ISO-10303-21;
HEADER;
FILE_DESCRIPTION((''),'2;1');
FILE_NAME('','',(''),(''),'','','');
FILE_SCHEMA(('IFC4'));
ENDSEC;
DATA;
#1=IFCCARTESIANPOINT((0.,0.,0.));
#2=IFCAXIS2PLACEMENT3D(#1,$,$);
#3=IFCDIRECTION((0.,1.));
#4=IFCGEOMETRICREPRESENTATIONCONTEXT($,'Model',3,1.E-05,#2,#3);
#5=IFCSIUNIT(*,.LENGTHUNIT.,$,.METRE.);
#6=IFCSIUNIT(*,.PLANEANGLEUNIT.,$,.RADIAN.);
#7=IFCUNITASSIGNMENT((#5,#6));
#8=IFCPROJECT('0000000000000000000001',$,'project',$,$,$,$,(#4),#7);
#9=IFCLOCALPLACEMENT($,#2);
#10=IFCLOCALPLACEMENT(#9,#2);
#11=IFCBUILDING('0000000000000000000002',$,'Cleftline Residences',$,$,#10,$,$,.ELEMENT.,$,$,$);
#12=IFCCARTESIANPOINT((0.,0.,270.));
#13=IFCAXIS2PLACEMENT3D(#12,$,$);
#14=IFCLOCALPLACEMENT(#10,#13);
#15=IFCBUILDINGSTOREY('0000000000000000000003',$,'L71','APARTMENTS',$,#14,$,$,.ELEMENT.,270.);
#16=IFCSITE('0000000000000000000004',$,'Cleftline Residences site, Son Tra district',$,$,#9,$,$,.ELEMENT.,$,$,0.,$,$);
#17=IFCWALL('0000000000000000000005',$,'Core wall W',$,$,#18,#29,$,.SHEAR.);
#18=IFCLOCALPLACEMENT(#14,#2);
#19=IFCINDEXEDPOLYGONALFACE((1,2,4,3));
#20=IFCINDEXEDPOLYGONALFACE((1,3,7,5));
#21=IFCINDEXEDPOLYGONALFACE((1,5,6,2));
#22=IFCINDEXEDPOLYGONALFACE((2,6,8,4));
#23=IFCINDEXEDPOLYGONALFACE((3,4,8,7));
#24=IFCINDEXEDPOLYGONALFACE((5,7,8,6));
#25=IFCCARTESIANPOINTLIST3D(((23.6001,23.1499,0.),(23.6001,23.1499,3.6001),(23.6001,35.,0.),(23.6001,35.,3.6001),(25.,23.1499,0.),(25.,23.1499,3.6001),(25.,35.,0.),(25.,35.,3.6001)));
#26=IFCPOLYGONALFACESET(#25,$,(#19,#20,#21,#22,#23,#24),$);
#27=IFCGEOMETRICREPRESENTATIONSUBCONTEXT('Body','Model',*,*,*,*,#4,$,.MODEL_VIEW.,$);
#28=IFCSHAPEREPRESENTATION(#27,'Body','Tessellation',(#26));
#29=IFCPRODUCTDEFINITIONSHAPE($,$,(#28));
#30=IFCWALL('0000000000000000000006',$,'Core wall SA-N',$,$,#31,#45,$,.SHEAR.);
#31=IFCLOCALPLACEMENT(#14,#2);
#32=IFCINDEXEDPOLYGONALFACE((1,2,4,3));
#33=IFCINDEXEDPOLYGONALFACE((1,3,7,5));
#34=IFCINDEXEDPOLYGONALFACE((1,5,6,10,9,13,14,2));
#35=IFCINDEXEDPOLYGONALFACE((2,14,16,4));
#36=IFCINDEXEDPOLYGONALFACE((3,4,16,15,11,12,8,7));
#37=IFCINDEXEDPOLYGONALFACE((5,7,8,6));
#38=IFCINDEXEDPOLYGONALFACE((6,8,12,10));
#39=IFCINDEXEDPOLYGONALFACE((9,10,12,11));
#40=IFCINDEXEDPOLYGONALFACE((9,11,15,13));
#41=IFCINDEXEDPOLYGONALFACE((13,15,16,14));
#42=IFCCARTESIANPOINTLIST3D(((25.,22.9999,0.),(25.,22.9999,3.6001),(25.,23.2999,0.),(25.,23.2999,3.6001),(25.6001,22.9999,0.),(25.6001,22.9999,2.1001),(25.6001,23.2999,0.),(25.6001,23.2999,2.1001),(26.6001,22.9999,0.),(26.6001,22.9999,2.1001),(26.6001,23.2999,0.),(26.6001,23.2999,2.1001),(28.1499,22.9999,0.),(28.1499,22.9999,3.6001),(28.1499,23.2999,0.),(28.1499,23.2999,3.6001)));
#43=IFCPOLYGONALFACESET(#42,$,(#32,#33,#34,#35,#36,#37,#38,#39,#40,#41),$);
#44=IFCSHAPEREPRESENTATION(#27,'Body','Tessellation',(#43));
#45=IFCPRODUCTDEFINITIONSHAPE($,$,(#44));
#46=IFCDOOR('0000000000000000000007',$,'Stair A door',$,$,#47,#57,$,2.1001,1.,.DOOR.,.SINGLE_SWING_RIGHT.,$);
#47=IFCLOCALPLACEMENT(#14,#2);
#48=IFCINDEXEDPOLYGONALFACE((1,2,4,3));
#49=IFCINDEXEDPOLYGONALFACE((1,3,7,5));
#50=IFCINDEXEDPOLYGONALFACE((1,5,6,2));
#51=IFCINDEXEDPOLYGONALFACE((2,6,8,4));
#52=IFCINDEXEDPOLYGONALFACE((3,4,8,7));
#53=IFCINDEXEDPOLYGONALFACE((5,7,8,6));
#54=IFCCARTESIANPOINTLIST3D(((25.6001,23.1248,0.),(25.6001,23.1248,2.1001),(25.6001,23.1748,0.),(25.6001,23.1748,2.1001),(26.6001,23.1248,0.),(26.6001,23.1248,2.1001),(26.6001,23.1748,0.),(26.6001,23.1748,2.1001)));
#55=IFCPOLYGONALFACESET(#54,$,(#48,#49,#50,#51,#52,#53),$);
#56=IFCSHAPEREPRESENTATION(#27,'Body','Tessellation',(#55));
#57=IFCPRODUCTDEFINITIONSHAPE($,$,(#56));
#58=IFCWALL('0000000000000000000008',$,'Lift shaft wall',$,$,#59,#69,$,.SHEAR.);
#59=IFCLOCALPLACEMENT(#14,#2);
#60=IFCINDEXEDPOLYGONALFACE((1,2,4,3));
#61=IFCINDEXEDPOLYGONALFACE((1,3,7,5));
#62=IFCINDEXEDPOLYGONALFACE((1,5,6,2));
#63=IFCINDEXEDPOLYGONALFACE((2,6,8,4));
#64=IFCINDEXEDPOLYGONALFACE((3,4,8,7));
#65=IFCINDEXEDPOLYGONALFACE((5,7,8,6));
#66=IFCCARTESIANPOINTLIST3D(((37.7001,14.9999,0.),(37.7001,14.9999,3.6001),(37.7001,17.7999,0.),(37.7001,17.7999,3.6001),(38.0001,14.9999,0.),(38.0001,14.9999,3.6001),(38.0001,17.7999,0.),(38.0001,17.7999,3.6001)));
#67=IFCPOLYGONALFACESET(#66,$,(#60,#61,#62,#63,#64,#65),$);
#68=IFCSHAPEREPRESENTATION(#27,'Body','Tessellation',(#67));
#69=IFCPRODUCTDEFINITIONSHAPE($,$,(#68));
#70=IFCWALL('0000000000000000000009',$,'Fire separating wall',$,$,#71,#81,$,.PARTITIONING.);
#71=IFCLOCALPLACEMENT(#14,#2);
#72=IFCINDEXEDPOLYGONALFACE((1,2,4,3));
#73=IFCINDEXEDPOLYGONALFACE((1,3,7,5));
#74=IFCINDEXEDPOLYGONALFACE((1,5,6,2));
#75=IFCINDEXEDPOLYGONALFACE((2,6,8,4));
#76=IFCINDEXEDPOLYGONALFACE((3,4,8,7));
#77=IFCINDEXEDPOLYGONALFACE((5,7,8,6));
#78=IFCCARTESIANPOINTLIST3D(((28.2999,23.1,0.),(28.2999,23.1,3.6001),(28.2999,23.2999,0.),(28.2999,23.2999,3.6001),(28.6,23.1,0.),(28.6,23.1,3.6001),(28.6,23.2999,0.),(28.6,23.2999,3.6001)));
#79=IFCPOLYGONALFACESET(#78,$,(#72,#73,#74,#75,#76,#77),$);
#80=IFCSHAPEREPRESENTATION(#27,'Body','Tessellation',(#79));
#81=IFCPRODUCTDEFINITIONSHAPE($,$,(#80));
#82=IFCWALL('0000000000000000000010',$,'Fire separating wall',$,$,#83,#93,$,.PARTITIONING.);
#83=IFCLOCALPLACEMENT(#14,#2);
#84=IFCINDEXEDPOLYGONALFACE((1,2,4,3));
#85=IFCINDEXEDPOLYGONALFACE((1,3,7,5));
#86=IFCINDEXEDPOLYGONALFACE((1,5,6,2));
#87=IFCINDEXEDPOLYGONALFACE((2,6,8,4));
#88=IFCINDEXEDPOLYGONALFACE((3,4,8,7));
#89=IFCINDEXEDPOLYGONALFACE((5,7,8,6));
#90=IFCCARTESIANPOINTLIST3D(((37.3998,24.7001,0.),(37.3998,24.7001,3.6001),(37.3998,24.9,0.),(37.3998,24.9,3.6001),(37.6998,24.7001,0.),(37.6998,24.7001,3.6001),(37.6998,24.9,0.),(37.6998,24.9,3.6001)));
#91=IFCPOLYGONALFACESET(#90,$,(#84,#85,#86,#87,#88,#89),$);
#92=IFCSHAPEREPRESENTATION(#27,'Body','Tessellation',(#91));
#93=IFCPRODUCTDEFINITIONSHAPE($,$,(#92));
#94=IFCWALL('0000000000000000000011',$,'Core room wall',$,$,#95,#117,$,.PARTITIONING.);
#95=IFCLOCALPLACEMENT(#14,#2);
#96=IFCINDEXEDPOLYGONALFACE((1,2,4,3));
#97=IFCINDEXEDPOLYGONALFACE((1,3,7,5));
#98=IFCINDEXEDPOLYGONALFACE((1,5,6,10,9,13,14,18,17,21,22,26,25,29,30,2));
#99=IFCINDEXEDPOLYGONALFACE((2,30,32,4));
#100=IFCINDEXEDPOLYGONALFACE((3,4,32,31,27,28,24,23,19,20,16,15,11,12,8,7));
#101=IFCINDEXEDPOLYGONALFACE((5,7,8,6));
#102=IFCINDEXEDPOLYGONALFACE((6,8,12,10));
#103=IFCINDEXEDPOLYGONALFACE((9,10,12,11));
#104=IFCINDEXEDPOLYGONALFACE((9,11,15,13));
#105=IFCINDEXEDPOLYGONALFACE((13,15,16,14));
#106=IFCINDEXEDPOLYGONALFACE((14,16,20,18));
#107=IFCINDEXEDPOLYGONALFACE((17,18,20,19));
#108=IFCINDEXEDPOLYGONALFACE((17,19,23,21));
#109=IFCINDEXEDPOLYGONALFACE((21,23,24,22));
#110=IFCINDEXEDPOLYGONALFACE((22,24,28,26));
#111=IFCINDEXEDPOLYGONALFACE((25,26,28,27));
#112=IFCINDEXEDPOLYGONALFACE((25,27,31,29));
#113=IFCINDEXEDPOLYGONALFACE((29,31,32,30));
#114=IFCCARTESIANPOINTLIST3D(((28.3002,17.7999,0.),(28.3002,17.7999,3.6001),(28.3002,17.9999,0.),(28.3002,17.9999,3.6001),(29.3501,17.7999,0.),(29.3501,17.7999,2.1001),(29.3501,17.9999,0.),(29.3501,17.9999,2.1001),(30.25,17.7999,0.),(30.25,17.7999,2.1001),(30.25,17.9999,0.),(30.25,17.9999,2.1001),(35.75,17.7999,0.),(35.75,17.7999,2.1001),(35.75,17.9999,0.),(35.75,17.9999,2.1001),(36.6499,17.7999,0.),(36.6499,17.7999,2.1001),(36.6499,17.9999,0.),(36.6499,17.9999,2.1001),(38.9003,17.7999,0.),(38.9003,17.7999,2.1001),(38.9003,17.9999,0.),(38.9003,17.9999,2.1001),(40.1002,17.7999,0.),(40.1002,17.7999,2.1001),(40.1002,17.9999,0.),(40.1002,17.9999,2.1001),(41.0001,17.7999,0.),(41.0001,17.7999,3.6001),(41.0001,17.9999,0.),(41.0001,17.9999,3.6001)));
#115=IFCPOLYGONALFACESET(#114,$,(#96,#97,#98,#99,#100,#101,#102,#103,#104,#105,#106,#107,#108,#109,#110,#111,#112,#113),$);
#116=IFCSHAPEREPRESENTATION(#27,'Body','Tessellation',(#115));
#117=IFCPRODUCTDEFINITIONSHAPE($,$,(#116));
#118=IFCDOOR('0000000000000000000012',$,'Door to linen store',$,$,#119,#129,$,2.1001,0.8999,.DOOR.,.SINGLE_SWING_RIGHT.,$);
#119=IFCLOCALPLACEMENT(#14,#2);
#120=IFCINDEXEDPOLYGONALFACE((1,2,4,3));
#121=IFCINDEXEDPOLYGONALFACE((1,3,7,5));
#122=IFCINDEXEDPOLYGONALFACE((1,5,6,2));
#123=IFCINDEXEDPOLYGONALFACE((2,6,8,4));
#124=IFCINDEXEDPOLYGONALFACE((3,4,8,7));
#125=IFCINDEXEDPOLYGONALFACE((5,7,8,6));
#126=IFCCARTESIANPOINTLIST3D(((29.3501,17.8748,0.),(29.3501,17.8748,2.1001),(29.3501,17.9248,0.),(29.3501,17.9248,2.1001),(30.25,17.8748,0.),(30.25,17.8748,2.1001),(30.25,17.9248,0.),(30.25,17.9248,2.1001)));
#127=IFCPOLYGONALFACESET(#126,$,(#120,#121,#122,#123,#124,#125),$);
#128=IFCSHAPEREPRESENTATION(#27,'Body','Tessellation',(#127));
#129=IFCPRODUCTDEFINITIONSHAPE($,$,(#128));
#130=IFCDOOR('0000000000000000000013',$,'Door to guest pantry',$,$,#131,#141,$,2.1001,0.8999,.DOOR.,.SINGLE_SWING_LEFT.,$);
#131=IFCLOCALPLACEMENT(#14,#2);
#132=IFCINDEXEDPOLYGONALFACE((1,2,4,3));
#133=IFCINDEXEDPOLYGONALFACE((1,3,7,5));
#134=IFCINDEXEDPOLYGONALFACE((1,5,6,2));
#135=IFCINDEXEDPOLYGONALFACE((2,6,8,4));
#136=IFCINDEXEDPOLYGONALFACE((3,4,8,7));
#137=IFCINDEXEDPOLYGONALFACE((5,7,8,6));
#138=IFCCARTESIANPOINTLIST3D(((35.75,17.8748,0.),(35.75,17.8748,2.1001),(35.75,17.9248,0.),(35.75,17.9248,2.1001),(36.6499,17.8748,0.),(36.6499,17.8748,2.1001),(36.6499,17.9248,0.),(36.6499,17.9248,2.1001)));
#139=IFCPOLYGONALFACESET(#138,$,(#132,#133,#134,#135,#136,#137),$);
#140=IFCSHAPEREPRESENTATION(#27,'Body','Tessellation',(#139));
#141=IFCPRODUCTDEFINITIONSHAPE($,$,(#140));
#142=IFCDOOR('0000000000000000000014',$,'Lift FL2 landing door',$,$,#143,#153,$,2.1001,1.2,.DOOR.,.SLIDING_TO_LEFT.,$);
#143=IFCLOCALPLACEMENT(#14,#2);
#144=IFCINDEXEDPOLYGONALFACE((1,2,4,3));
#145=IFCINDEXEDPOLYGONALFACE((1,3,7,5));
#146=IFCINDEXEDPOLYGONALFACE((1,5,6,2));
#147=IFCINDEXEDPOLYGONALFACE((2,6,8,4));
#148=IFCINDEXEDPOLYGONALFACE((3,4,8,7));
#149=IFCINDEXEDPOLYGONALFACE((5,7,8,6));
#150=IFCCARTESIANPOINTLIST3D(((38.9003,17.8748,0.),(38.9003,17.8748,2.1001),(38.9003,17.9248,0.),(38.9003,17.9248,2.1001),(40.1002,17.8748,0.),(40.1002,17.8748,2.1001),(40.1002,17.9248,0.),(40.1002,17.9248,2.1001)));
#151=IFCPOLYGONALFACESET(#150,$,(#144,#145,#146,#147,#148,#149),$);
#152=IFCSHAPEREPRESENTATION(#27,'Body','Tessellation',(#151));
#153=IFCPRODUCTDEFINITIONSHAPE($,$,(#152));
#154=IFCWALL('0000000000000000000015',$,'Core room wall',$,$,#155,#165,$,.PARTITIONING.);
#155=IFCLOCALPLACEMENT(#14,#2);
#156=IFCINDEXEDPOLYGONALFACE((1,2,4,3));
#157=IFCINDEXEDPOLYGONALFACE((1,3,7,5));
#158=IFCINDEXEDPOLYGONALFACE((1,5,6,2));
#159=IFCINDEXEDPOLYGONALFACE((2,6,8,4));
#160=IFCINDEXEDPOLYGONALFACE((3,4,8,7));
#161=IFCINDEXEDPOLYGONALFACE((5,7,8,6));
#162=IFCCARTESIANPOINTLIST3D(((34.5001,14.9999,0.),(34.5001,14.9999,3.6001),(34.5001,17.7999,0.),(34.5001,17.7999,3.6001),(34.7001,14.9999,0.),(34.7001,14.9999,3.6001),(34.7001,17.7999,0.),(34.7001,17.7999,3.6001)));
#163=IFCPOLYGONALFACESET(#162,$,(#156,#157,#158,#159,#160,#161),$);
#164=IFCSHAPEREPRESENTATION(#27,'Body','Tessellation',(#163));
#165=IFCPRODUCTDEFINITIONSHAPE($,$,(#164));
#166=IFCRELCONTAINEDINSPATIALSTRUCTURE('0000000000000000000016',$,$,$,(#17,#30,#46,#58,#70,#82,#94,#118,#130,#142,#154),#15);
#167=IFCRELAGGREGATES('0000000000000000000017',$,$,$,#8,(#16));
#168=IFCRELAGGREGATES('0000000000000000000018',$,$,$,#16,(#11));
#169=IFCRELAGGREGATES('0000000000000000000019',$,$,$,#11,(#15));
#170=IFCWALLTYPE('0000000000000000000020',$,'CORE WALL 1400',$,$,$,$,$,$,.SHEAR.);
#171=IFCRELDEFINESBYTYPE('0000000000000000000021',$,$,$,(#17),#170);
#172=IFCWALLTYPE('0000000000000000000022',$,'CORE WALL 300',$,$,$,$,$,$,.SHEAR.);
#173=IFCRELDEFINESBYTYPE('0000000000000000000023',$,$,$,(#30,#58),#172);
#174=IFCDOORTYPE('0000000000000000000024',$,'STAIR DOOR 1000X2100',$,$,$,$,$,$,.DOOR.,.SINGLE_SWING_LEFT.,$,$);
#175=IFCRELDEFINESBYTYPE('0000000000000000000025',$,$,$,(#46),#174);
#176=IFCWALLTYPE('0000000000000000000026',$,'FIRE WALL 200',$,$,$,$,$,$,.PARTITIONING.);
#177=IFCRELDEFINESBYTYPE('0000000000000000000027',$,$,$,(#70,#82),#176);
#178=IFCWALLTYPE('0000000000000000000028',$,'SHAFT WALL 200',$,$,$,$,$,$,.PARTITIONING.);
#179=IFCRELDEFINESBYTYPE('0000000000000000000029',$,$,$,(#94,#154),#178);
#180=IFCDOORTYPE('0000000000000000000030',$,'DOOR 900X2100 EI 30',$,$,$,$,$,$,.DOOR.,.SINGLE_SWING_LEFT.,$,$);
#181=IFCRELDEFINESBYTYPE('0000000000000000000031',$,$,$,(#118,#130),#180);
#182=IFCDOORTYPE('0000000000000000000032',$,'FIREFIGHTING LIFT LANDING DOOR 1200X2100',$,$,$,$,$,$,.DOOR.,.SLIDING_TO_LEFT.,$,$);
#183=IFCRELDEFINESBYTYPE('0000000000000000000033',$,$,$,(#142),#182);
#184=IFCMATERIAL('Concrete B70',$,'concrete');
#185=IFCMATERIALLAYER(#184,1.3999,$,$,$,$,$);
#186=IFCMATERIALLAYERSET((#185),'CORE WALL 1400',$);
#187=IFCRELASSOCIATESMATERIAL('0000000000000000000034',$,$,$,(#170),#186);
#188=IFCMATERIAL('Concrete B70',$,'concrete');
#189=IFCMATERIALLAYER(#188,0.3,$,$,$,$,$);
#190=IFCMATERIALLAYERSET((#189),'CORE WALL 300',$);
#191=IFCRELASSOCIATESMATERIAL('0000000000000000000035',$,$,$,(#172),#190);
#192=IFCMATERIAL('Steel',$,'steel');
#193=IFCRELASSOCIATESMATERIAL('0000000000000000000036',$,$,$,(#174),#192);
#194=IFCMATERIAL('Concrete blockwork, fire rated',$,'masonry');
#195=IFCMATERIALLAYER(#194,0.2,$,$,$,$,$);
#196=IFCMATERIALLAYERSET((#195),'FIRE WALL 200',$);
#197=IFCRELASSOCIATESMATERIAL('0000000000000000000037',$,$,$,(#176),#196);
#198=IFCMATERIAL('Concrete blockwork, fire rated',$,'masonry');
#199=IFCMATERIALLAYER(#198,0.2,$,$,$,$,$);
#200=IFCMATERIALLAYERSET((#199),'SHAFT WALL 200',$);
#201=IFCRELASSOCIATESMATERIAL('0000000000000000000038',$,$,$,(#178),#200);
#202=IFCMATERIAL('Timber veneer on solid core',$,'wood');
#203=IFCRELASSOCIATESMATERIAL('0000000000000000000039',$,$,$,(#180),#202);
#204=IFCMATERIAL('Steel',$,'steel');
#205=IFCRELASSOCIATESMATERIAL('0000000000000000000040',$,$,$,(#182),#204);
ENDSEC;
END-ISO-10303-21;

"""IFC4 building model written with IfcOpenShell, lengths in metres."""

from ifc_helpers import new_model, si_unit, direction, frame, frame_2d, origin, place, context, subcontext, project, spatial, rectangle, extrude, material, layer, layer_set, type_object, element, fill, save


model = new_model("IFC4")

# Units and contexts
model_context = context("Model", 3, precision=1e-05, world=origin(), true_north=direction((0.0, 1.0)))
body_context = subcontext(model_context, "Body", "Model", "MODEL_VIEW")
ifc_project = project(units=[si_unit("LENGTHUNIT", "METRE"), si_unit("PLANEANGLEUNIT", "RADIAN")], contexts=[model_context])

# Site, building, storey
site_placement = place(None, origin())
site = spatial("IfcSite", under=ifc_project, at=site_placement, Name="Cleftline Residences site, Son Tra district", CompositionType="ELEMENT", RefElevation=0.0)
building_placement = place(site_placement, origin())
building = spatial("IfcBuilding", under=site, at=building_placement, Name="Cleftline Residences", CompositionType="ELEMENT")
storey_placement = place(building_placement, frame((0.0, 0.0, 270.0)))
storey = spatial("IfcBuildingStorey", under=building, at=storey_placement, Name="L71", Description="APARTMENTS", CompositionType="ELEMENT", Elevation=270.0)

# Wall
ifc_material_1 = material(Name="Concrete B70", Category="concrete")
ifc_layer_1 = layer(ifc_material_1, 1.3999)
ifc_layer_set_1 = layer_set([ifc_layer_1], Name="CORE WALL 1400")
wall_type_1 = type_object("IfcWallType", Name="CORE WALL 1400", PredefinedType="SHEAR", material=ifc_layer_set_1)
wall_1_placement = place(storey_placement, frame((24.3, 23.1499, 0.0), z_axis=(0.0, 0.0, 1.0), x_axis=(0.0, 1.0, 0.0)))
element("IfcWall", 1, at=wall_1_placement, inside=storey, type_object=wall_type_1, Name="Core wall W", PredefinedType="SHEAR", context=body_context, shape_type="SweptSolid", body=[
    extrude(rectangle(XDim=11.8501, YDim=1.3999, at=frame_2d((5.925, 0.0))), origin(), (0.0, 0.0, 1.0), 3.6001),
])

# Wall, opening, door
ifc_material_2 = material(Name="Concrete B70", Category="concrete")
ifc_layer_2 = layer(ifc_material_2, 0.3)
ifc_layer_set_2 = layer_set([ifc_layer_2], Name="CORE WALL 300")
wall_type_2 = type_object("IfcWallType", Name="CORE WALL 300", PredefinedType="SHEAR", material=ifc_layer_set_2)
wall_2_placement = place(storey_placement, frame((25.0, 23.1499, 0.0), z_axis=(0.0, 0.0, 1.0), x_axis=(1.0, 0.0, 0.0)))
wall_2 = element("IfcWall", 2, at=wall_2_placement, inside=storey, type_object=wall_type_2, Name="Core wall SA-N", PredefinedType="SHEAR", context=body_context, shape_type="SweptSolid", body=[
    extrude(rectangle(XDim=3.1499, YDim=0.3, at=frame_2d((1.575, 0.0))), origin(), (0.0, 0.0, 1.0), 3.6001),
])
opening_1_placement = place(wall_2_placement, frame((0.6001, 0.0, 0.0)))
opening_1 = element("IfcOpeningElement", 3, at=opening_1_placement, cuts=wall_2, PredefinedType="OPENING", context=body_context, shape_type="SweptSolid", body=[
    extrude(rectangle(XDim=1.0, YDim=2.1001, at=frame_2d((0.5, 1.05))), frame((0.0, 0.1599, 0.0), z_axis=(0.0, -1.0, 0.0), x_axis=(1.0, 0.0, 0.0)), (0.0, 0.0, 1.0), 0.3201),
])
ifc_material_3 = material(Name="Steel", Category="steel")
door_type_1 = type_object("IfcDoorType", Name="STAIR DOOR 1000X2100", OperationType="SINGLE_SWING_LEFT", PredefinedType="DOOR", material=ifc_material_3)
door_1_placement = place(opening_1_placement, origin())
door_1 = element("IfcDoor", 4, at=door_1_placement, inside=storey, type_object=door_type_1, Name="Stair A door", OperationType="SINGLE_SWING_RIGHT", OverallHeight=2.1001, OverallWidth=1.0, PredefinedType="DOOR", context=body_context, shape_type="SweptSolid", body=[
    extrude(rectangle(XDim=1.0, YDim=2.1001, at=frame_2d((0.5, 1.05))), frame((0.0, 0.0249, 0.0), z_axis=(0.0, -1.0, 0.0), x_axis=(1.0, 0.0, 0.0)), (0.0, 0.0, 1.0), 0.05),
])
fill(opening_1, door_1)

# Walls
wall_3_placement = place(storey_placement, frame((37.8501, 15.0, 0.0), z_axis=(0.0, 0.0, 1.0), x_axis=(0.0, 1.0, 0.0)))
element("IfcWall", 5, at=wall_3_placement, inside=storey, type_object=wall_type_2, Name="Lift shaft wall", PredefinedType="SHEAR", context=body_context, shape_type="SweptSolid", body=[
    extrude(rectangle(XDim=2.8, YDim=0.3, at=frame_2d((1.3999, 0.0))), origin(), (0.0, 0.0, 1.0), 3.6001),
])
ifc_material_4 = material(Name="Concrete blockwork, fire rated", Category="masonry")
ifc_layer_3 = layer(ifc_material_4, 0.2)
ifc_layer_set_3 = layer_set([ifc_layer_3], Name="FIRE WALL 200")
wall_type_3 = type_object("IfcWallType", Name="FIRE WALL 200", PredefinedType="PARTITIONING", material=ifc_layer_set_3)
for number, where, z_axis, x_axis, name in (
    (6, (28.3, 23.2, 0.0), (0.0, 0.0, 1.0), (1.0, 0.0, 0.0), "Fire separating wall"),
    (7, (37.3999, 24.8, 0.0), (0.0, 0.0, 1.0), (1.0, 0.0, 0.0), "Fire separating wall"),
):
    element("IfcWall", number, at=place(storey_placement, frame(where, z_axis=z_axis, x_axis=x_axis)), inside=storey, type_object=wall_type_3, Name=name, PredefinedType="PARTITIONING", context=body_context, shape_type="SweptSolid", body=[
        extrude(rectangle(XDim=0.3, YDim=0.2, at=frame_2d((0.1499, 0.0))), origin(), (0.0, 0.0, 1.0), 3.6001),
    ])

# Wall, openings, doors
ifc_material_5 = material(Name="Concrete blockwork, fire rated", Category="masonry")
ifc_layer_4 = layer(ifc_material_5, 0.2)
ifc_layer_set_4 = layer_set([ifc_layer_4], Name="SHAFT WALL 200")
wall_type_4 = type_object("IfcWallType", Name="SHAFT WALL 200", PredefinedType="PARTITIONING", material=ifc_layer_set_4)
wall_4_placement = place(storey_placement, frame((28.3, 17.8999, 0.0), z_axis=(0.0, 0.0, 1.0), x_axis=(1.0, 0.0, 0.0)))
wall_4 = element("IfcWall", 8, at=wall_4_placement, inside=storey, type_object=wall_type_4, Name="Core room wall", PredefinedType="PARTITIONING", context=body_context, shape_type="SweptSolid", body=[
    extrude(rectangle(XDim=12.7, YDim=0.2, at=frame_2d((6.3501, 0.0))), origin(), (0.0, 0.0, 1.0), 3.6001),
])
opening_2_placement = place(wall_4_placement, frame((1.05, 0.0, 0.0)))
opening_2 = element("IfcOpeningElement", 9, at=opening_2_placement, cuts=wall_4, PredefinedType="OPENING", context=body_context, shape_type="SweptSolid", body=[
    extrude(rectangle(XDim=0.8999, YDim=2.1001, at=frame_2d((0.45, 1.05))), frame((0.0, 0.1099, 0.0), z_axis=(0.0, -1.0, 0.0), x_axis=(1.0, 0.0, 0.0)), (0.0, 0.0, 1.0), 0.22),
])
opening_3_placement = place(wall_4_placement, frame((7.45, 0.0, 0.0)))
opening_3 = element("IfcOpeningElement", 10, at=opening_3_placement, cuts=wall_4, PredefinedType="OPENING", context=body_context, shape_type="SweptSolid", body=[
    extrude(rectangle(XDim=0.8999, YDim=2.1001, at=frame_2d((0.45, 1.05))), frame((0.0, 0.1099, 0.0), z_axis=(0.0, -1.0, 0.0), x_axis=(1.0, 0.0, 0.0)), (0.0, 0.0, 1.0), 0.22),
])
opening_4_placement = place(wall_4_placement, frame((10.6001, 0.0, 0.0)))
opening_4 = element("IfcOpeningElement", 11, at=opening_4_placement, cuts=wall_4, PredefinedType="OPENING", context=body_context, shape_type="SweptSolid", body=[
    extrude(rectangle(XDim=1.2, YDim=2.1001, at=frame_2d((0.6001, 1.05))), frame((0.0, 0.1099, 0.0), z_axis=(0.0, -1.0, 0.0), x_axis=(1.0, 0.0, 0.0)), (0.0, 0.0, 1.0), 0.22),
])
ifc_material_6 = material(Name="Timber veneer on solid core", Category="wood")
door_type_2 = type_object("IfcDoorType", Name="DOOR 900X2100 EI 30", OperationType="SINGLE_SWING_LEFT", PredefinedType="DOOR", material=ifc_material_6)
door_2_placement = place(opening_2_placement, origin())
door_2 = element("IfcDoor", 12, at=door_2_placement, inside=storey, type_object=door_type_2, Name="Door to linen store", OperationType="SINGLE_SWING_RIGHT", OverallHeight=2.1001, OverallWidth=0.8999, PredefinedType="DOOR", context=body_context, shape_type="SweptSolid", body=[
    extrude(rectangle(XDim=0.8999, YDim=2.1001, at=frame_2d((0.45, 1.05))), frame((0.0, 0.0249, 0.0), z_axis=(0.0, -1.0, 0.0), x_axis=(1.0, 0.0, 0.0)), (0.0, 0.0, 1.0), 0.05),
])
fill(opening_2, door_2)
door_3_placement = place(opening_3_placement, origin())
door_3 = element("IfcDoor", 13, at=door_3_placement, inside=storey, type_object=door_type_2, Name="Door to guest pantry", OperationType="SINGLE_SWING_LEFT", OverallHeight=2.1001, OverallWidth=0.8999, PredefinedType="DOOR", context=body_context, shape_type="SweptSolid", body=[
    extrude(rectangle(XDim=0.8999, YDim=2.1001, at=frame_2d((0.45, 1.05))), frame((0.0, 0.0249, 0.0), z_axis=(0.0, -1.0, 0.0), x_axis=(1.0, 0.0, 0.0)), (0.0, 0.0, 1.0), 0.05),
])
fill(opening_3, door_3)
ifc_material_7 = material(Name="Steel", Category="steel")
door_type_3 = type_object("IfcDoorType", Name="FIREFIGHTING LIFT LANDING DOOR 1200X2100", OperationType="SLIDING_TO_LEFT", PredefinedType="DOOR", material=ifc_material_7)
door_4_placement = place(opening_4_placement, origin())
door_4 = element("IfcDoor", 14, at=door_4_placement, inside=storey, type_object=door_type_3, Name="Lift FL2 landing door", OperationType="SLIDING_TO_LEFT", OverallHeight=2.1001, OverallWidth=1.2, PredefinedType="DOOR", context=body_context, shape_type="SweptSolid", body=[
    extrude(rectangle(XDim=1.2, YDim=2.1001, at=frame_2d((0.6001, 1.05))), frame((0.0, 0.0249, 0.0), z_axis=(0.0, -1.0, 0.0), x_axis=(1.0, 0.0, 0.0)), (0.0, 0.0, 1.0), 0.05),
])
fill(opening_4, door_4)

# Wall
wall_5_placement = place(storey_placement, frame((34.6001, 15.0, 0.0), z_axis=(0.0, 0.0, 1.0), x_axis=(0.0, 1.0, 0.0)))
element("IfcWall", 15, at=wall_5_placement, inside=storey, type_object=wall_type_4, Name="Core room wall", PredefinedType="PARTITIONING", context=body_context, shape_type="SweptSolid", body=[
    extrude(rectangle(XDim=2.8, YDim=0.2, at=frame_2d((1.3999, 0.0))), origin(), (0.0, 0.0, 1.0), 3.6001),
])

save(model, "model.ifc")
